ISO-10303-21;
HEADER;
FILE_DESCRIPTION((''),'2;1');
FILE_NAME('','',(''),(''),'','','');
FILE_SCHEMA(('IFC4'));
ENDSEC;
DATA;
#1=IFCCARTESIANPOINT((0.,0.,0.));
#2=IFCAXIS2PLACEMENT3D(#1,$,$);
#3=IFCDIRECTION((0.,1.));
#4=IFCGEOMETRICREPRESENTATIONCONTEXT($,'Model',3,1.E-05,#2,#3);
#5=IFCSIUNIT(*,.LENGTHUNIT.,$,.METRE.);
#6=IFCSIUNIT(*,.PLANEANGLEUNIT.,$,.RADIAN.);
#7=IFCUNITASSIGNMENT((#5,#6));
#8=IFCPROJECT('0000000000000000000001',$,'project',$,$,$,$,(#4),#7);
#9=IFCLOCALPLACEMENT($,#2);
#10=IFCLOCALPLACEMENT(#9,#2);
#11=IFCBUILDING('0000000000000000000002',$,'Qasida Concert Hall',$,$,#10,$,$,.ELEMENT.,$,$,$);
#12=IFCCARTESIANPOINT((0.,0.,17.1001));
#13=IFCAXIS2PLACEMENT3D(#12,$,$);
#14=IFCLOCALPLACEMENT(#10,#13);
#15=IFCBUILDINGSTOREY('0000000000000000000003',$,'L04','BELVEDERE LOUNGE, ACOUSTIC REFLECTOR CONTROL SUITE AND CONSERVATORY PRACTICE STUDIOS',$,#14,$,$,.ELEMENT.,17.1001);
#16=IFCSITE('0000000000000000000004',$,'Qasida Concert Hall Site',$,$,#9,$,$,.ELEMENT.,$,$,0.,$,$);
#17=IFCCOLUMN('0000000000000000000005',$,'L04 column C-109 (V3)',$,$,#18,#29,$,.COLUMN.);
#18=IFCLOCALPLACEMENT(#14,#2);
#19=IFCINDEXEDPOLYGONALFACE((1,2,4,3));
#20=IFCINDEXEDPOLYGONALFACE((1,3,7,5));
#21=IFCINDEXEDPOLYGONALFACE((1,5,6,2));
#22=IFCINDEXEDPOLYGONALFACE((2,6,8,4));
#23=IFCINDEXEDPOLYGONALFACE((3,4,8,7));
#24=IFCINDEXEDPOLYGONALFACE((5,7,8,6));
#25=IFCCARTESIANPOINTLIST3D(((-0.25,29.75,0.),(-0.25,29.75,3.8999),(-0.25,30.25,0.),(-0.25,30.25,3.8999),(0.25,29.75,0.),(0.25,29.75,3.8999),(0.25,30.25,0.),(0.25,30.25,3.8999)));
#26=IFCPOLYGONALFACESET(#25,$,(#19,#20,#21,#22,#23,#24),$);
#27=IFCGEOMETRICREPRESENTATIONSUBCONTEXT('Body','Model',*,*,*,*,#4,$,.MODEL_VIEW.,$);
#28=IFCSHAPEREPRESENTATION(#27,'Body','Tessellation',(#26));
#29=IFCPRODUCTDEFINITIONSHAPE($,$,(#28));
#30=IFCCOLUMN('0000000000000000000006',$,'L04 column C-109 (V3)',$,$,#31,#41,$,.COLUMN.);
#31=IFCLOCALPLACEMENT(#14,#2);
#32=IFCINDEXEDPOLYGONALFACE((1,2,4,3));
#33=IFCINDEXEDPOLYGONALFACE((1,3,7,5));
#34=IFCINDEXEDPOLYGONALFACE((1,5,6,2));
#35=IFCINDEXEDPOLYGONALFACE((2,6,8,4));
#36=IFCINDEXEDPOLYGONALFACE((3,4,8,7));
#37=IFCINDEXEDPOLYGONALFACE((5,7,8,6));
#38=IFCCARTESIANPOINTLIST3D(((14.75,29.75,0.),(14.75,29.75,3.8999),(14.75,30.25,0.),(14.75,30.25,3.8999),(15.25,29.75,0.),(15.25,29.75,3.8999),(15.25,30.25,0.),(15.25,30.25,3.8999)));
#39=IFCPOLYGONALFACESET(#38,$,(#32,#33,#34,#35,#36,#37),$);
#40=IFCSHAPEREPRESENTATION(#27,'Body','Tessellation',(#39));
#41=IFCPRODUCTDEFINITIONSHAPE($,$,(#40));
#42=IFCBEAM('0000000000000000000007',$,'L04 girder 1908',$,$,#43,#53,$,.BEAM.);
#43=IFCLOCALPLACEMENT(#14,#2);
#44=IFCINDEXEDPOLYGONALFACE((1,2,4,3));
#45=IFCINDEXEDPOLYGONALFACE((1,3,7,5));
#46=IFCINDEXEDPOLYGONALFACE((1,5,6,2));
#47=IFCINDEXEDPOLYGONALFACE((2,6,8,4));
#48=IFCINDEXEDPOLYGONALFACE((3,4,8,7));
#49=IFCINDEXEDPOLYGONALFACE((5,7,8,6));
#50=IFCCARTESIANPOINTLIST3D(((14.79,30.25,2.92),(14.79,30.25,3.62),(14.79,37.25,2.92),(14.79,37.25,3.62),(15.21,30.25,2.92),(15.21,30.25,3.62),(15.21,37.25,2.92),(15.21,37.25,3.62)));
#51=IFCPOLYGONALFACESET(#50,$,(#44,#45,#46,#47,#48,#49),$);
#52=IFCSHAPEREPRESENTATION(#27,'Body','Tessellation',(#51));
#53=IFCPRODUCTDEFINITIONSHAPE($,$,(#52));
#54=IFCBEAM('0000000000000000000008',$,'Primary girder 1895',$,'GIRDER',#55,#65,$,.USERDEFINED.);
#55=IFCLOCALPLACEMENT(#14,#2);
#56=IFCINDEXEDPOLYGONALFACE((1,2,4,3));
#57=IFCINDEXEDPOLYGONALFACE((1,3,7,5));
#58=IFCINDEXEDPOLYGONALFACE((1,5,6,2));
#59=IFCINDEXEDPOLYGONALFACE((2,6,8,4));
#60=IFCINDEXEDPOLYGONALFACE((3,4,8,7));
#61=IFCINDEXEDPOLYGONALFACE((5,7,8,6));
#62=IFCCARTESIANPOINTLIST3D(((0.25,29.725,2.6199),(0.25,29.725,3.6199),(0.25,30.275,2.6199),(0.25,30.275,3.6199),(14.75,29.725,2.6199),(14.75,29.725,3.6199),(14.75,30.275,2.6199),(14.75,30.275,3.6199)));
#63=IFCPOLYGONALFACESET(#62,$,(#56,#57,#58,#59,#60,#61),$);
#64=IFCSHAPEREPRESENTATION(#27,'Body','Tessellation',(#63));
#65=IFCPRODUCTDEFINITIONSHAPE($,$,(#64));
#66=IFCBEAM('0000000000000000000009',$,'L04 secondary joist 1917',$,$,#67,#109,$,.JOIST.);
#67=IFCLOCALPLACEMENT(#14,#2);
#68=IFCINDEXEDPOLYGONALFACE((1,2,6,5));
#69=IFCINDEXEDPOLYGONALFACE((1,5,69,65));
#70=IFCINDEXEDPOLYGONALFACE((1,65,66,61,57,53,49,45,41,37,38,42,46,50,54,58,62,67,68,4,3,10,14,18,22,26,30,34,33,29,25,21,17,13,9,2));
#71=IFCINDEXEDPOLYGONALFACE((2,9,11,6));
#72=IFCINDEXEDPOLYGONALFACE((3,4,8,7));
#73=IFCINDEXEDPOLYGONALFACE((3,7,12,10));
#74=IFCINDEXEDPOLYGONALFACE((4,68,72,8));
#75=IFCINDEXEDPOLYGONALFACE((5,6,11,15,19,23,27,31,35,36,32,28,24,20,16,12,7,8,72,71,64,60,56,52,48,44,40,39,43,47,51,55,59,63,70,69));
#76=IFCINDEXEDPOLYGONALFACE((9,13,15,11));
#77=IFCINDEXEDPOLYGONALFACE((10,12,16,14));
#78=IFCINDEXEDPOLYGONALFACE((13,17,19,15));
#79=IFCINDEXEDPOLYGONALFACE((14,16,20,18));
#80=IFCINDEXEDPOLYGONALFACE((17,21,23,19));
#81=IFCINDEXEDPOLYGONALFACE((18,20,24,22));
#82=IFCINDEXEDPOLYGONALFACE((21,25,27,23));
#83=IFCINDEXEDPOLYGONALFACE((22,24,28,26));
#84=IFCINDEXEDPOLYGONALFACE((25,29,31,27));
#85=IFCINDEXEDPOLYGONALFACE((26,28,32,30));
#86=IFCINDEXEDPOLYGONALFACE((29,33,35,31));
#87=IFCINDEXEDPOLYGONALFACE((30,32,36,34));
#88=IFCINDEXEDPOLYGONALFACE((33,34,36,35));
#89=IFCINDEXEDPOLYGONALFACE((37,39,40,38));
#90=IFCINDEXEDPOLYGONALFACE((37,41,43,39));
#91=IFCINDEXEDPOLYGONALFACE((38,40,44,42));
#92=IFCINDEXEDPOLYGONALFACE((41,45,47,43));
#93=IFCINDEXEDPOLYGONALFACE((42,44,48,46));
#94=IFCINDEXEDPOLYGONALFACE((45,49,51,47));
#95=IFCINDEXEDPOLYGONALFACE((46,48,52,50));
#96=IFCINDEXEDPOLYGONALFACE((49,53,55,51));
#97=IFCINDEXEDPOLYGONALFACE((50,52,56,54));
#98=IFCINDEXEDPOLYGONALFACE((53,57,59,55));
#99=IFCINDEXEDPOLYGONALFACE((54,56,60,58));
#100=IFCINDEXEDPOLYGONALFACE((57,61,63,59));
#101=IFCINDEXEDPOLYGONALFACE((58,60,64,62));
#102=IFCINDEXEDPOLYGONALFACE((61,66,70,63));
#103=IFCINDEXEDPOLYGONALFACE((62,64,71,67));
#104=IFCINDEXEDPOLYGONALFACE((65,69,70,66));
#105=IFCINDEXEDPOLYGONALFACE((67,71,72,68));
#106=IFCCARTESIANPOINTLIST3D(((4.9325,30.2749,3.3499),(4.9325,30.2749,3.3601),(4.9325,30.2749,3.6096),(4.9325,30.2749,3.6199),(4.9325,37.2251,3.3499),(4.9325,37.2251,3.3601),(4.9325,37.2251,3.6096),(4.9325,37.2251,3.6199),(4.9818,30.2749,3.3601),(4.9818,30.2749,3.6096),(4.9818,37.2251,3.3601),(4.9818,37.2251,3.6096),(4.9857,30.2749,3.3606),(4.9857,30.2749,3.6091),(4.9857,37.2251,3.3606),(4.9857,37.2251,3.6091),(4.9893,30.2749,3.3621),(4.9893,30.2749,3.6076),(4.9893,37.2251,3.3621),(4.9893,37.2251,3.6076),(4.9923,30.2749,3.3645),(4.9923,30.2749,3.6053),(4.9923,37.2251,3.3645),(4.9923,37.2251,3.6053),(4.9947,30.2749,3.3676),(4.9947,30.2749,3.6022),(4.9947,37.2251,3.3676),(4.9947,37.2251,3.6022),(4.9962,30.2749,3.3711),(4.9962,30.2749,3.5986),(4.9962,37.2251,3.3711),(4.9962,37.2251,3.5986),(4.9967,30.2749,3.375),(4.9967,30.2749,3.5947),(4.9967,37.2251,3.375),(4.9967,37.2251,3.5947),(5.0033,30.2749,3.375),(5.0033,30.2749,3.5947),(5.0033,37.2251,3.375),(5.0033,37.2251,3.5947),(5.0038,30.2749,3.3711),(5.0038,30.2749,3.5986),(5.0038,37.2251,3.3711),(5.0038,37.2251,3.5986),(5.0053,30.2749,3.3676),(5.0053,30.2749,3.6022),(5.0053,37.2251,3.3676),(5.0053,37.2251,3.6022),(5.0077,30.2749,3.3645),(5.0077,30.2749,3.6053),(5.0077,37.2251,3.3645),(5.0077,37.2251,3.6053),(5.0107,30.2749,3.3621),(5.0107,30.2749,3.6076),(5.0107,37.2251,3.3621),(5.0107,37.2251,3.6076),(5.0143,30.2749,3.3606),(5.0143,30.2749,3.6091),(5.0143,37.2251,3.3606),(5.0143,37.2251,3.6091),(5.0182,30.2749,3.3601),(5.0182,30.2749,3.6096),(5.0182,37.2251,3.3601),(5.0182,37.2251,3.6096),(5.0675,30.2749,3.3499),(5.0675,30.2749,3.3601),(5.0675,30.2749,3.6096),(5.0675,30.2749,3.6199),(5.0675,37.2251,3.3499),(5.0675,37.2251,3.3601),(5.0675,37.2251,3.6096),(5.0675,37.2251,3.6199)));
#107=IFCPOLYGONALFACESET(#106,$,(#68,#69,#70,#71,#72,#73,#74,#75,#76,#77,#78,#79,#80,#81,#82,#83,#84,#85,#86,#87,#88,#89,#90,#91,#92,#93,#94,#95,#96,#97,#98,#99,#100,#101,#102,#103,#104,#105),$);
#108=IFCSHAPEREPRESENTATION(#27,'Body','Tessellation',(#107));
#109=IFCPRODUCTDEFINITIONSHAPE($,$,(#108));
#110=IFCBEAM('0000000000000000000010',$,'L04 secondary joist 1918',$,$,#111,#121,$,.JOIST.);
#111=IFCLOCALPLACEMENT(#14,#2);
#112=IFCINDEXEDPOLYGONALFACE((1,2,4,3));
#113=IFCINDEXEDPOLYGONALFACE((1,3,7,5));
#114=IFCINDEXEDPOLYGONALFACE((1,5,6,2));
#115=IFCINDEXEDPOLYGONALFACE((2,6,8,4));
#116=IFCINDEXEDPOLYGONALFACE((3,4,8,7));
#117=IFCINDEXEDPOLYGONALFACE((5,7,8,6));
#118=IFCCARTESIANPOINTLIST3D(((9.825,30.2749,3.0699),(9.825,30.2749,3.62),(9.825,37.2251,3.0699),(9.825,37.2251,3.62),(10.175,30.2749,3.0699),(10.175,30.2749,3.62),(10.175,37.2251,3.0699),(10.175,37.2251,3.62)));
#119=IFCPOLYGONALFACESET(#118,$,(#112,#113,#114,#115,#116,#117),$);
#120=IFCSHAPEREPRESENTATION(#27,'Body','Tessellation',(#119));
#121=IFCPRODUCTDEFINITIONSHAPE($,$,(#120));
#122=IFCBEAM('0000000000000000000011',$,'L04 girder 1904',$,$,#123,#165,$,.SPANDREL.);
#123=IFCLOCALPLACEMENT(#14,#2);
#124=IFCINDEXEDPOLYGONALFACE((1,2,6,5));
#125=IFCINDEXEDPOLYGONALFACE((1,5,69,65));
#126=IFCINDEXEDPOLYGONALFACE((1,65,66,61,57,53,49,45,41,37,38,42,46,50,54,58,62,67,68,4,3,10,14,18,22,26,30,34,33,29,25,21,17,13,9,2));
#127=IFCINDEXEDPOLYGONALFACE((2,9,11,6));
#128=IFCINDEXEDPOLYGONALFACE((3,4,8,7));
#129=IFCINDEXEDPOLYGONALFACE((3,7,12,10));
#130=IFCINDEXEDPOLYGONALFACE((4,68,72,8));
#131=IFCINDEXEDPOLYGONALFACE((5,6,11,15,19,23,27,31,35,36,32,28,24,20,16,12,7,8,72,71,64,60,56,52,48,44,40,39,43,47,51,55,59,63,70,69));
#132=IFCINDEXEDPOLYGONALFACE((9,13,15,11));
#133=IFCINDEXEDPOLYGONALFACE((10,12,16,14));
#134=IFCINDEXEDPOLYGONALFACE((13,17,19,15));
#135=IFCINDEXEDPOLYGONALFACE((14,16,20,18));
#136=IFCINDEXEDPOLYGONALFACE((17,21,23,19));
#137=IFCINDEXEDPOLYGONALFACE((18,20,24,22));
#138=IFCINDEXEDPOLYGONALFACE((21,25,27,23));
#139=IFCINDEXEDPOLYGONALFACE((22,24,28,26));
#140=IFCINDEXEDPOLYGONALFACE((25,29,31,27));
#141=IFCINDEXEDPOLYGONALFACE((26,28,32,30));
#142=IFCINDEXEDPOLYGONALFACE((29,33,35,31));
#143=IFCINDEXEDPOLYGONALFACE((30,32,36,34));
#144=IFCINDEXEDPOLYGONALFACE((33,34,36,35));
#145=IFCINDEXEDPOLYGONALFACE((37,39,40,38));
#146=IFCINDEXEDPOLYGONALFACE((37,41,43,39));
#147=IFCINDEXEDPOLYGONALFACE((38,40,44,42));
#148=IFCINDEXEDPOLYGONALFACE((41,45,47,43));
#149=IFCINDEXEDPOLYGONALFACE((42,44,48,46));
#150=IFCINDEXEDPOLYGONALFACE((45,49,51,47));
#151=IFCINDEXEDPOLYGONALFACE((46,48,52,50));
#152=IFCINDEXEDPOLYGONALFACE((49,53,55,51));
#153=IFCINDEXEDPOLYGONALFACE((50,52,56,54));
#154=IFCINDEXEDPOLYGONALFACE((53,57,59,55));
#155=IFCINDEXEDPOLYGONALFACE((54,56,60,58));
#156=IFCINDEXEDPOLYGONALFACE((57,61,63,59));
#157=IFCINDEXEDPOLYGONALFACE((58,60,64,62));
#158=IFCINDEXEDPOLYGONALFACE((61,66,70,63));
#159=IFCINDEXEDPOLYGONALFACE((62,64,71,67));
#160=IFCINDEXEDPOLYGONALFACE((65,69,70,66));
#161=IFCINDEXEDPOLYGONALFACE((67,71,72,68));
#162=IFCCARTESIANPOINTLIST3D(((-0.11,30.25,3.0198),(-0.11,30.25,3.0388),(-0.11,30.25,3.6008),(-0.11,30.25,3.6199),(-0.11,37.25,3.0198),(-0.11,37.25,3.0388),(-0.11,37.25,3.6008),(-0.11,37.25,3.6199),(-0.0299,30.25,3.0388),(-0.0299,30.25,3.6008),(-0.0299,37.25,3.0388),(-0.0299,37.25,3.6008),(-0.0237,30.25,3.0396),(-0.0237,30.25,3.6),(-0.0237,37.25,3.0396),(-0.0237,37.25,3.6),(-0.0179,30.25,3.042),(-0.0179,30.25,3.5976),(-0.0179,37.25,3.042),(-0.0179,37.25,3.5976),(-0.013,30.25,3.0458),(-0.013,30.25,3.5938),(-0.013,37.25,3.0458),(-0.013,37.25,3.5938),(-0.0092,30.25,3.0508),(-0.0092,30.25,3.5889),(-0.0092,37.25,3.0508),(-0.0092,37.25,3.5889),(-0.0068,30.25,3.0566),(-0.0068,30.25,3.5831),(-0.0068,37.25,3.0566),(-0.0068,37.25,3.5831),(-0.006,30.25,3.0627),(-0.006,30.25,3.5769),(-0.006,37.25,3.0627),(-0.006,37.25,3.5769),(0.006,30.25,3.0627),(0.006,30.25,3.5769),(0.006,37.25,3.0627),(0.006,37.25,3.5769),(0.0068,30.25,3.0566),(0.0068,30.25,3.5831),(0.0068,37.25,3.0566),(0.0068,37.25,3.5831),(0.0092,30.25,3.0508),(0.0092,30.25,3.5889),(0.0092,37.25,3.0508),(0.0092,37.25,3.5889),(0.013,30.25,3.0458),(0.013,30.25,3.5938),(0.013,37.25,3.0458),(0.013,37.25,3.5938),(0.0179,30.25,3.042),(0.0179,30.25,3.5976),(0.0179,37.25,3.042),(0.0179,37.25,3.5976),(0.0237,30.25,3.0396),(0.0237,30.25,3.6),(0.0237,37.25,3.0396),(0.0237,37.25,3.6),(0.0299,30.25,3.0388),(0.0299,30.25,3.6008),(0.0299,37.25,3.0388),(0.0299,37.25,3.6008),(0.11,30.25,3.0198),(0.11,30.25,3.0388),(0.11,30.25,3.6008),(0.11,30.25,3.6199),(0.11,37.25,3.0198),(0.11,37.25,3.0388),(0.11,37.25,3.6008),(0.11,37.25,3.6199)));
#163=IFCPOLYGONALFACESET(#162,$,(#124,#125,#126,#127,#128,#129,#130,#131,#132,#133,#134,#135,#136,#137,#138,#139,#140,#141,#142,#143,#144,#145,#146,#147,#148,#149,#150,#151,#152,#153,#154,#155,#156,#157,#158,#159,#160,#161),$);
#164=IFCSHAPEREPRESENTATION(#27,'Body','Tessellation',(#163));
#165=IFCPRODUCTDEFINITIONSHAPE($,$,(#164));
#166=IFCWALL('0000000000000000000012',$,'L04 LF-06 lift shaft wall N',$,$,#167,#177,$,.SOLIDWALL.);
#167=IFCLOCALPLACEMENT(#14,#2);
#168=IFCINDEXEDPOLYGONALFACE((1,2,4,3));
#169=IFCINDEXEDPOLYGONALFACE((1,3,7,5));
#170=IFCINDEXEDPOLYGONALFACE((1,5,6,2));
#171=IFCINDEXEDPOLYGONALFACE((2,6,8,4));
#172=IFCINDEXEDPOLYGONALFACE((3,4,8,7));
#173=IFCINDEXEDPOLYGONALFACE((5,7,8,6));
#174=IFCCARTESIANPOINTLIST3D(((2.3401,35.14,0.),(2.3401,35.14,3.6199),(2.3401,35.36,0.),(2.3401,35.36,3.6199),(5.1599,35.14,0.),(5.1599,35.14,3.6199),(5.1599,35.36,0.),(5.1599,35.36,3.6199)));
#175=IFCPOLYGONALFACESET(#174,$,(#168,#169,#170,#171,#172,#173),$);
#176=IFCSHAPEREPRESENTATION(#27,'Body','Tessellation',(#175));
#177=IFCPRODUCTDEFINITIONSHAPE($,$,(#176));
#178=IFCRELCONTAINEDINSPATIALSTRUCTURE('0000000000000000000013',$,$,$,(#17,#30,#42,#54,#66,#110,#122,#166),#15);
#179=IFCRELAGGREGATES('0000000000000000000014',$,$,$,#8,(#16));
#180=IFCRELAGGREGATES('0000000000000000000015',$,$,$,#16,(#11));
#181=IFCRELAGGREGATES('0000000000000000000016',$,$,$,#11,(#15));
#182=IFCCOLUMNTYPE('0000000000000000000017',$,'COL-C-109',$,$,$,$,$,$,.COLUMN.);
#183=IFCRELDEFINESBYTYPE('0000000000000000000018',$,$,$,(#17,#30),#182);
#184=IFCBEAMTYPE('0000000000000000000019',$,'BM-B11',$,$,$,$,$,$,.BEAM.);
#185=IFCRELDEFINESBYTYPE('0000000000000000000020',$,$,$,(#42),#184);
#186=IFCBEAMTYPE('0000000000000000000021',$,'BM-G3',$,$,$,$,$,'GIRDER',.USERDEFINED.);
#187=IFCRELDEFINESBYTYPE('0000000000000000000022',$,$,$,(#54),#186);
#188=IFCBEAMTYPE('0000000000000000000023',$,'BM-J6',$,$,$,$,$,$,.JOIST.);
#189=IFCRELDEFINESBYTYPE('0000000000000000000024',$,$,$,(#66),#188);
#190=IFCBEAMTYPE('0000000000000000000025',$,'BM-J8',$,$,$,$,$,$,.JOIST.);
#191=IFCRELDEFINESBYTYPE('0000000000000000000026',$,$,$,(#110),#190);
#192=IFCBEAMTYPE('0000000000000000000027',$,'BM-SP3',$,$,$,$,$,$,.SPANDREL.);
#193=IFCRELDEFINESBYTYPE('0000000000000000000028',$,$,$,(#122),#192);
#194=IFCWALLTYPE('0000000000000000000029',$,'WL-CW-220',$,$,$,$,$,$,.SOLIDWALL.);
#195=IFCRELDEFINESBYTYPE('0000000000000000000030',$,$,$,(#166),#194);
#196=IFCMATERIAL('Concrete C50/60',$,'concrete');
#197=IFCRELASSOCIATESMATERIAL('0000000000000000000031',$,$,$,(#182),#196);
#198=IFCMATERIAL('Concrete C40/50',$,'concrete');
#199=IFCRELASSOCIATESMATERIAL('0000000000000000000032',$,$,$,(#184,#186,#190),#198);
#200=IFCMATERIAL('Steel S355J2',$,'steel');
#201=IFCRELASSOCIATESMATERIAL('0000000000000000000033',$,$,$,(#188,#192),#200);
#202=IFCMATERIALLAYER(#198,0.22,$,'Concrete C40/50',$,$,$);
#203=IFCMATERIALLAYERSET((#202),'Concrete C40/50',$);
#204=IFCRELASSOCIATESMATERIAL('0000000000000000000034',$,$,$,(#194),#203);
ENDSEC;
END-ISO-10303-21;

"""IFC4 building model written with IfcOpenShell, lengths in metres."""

from ifc_helpers import new_model, si_unit, direction, frame, frame_2d, origin, origin_2d, place, context, subcontext, project, spatial, rectangle, i_section, extrude, material, layer, layer_set, material_profile, profile_set, type_object, element, save


model = new_model("IFC4")

# Units and contexts
model_context = context("Model", 3, precision=1e-05, world=origin(), true_north=direction((0.0, 1.0)))
body_context = subcontext(model_context, "Body", "Model", "MODEL_VIEW")
ifc_project = project(units=[si_unit("LENGTHUNIT", "METRE"), si_unit("PLANEANGLEUNIT", "RADIAN")], contexts=[model_context])

# Site, building, storey
site_placement = place(None, origin())
site = spatial("IfcSite", under=ifc_project, at=site_placement, Name="Qasida Concert Hall Site", CompositionType="ELEMENT", RefElevation=0.0)
building_placement = place(site_placement, origin())
building = spatial("IfcBuilding", under=site, at=building_placement, Name="Qasida Concert Hall", CompositionType="ELEMENT")
storey_placement = place(building_placement, frame((0.0, 0.0, 17.1001)))
storey = spatial("IfcBuildingStorey", under=building, at=storey_placement, Name="L04", Description="BELVEDERE LOUNGE, ACOUSTIC REFLECTOR CONTROL SUITE AND CONSERVATORY PRACTICE STUDIOS", CompositionType="ELEMENT", Elevation=17.1001)

# Columns
ifc_material_1 = material(Name="Concrete C50/60", Category="concrete")
ifc_material_profile_1 = material_profile(ifc_material_1, rectangle(XDim=0.5, YDim=0.5, at=origin_2d()), Name="RC 500x500")
ifc_profile_set_1 = profile_set([ifc_material_profile_1], Name="Concrete C50/60")
column_type = type_object("IfcColumnType", Name="COL-C-109", PredefinedType="COLUMN", material=ifc_profile_set_1)
for number, where, z_axis, x_axis, name in (
    (1, (0.0, 30.0, 0.0), (0.0, 0.0, 1.0), (1.0, 0.0, 0.0), "L04 column C-109 (V3)"),
    (2, (15.0, 30.0, 0.0), (0.0, 0.0, 1.0), (1.0, 0.0, 0.0), "L04 column C-109 (V3)"),
):
    element("IfcColumn", number, at=place(storey_placement, frame(where, z_axis=z_axis, x_axis=x_axis)), inside=storey, type_object=column_type, Name=name, PredefinedType="COLUMN", context=body_context, shape_type="SweptSolid", body=[
        extrude(rectangle(XDim=0.5, YDim=0.5, at=origin_2d()), origin(), (0.0, 0.0, 1.0), 3.8999),
    ])

# Beams
ifc_material_2 = material(Name="Concrete C40/50", Category="concrete")
ifc_material_profile_2 = material_profile(ifc_material_2, rectangle(XDim=0.4199, YDim=0.7, at=origin_2d()), Name="RC 420x700")
ifc_profile_set_2 = profile_set([ifc_material_profile_2], Name="Concrete C40/50")
beam_type_1 = type_object("IfcBeamType", Name="BM-B11", PredefinedType="BEAM", material=ifc_profile_set_2)
beam_1_placement = place(storey_placement, frame((15.0, 30.25, 3.27), z_axis=(0.0, 1.0, 0.0), x_axis=(-1.0, 0.0, 0.0)))
element("IfcBeam", 3, at=beam_1_placement, inside=storey, type_object=beam_type_1, Name="L04 girder 1908", PredefinedType="BEAM", context=body_context, shape_type="SweptSolid", body=[
    extrude(rectangle(XDim=0.4199, YDim=0.7, at=origin_2d()), origin(), (0.0, 0.0, 1.0), 7.0),
])
ifc_material_profile_3 = material_profile(ifc_material_2, rectangle(XDim=0.55, YDim=1.0, at=origin_2d()), Name="RC 550x1000")
ifc_profile_set_3 = profile_set([ifc_material_profile_3], Name="Concrete C40/50")
beam_type_2 = type_object("IfcBeamType", Name="BM-G3", ElementType="GIRDER", PredefinedType="USERDEFINED", material=ifc_profile_set_3)
beam_2_placement = place(storey_placement, frame((0.25, 30.0, 3.1199), z_axis=(1.0, 0.0, 0.0), x_axis=(0.0, 1.0, 0.0)))
element("IfcBeam", 4, at=beam_2_placement, inside=storey, type_object=beam_type_2, Name="Primary girder 1895", ObjectType="GIRDER", PredefinedType="USERDEFINED", context=body_context, shape_type="SweptSolid", body=[
    extrude(rectangle(XDim=0.55, YDim=1.0, at=origin_2d()), origin(), (0.0, 0.0, 1.0), 14.5),
])
ifc_material_3 = material(Name="Steel S355J2", Category="steel")
ifc_material_profile_4 = material_profile(ifc_material_3, i_section(OverallWidth=0.135, OverallDepth=0.27, WebThickness=0.0066, FlangeThickness=0.0103, FilletRadius=0.0149, at=origin_2d()), Name="IPE 270")
ifc_profile_set_4 = profile_set([ifc_material_profile_4], Name="Steel S355J2")
beam_type_3 = type_object("IfcBeamType", Name="BM-J6", PredefinedType="JOIST", material=ifc_profile_set_4)
beam_3_placement = place(storey_placement, frame((5.0, 30.2749, 3.4849), z_axis=(0.0, 1.0, 0.0), x_axis=(-1.0, 0.0, 0.0)))
element("IfcBeam", 5, at=beam_3_placement, inside=storey, type_object=beam_type_3, Name="L04 secondary joist 1917", PredefinedType="JOIST", context=body_context, shape_type="SweptSolid", body=[
    extrude(i_section(OverallWidth=0.135, OverallDepth=0.27, WebThickness=0.0066, FlangeThickness=0.0103, FilletRadius=0.0149, at=origin_2d()), origin(), (0.0, 0.0, 1.0), 6.9502),
])
ifc_material_profile_5 = material_profile(ifc_material_2, rectangle(XDim=0.3501, YDim=0.55, at=origin_2d()), Name="RC 350x550")
ifc_profile_set_5 = profile_set([ifc_material_profile_5], Name="Concrete C40/50")
beam_type_4 = type_object("IfcBeamType", Name="BM-J8", PredefinedType="JOIST", material=ifc_profile_set_5)
beam_4_placement = place(storey_placement, frame((10.0, 30.2749, 3.345), z_axis=(0.0, 1.0, 0.0), x_axis=(-1.0, 0.0, 0.0)))
element("IfcBeam", 6, at=beam_4_placement, inside=storey, type_object=beam_type_4, Name="L04 secondary joist 1918", PredefinedType="JOIST", context=body_context, shape_type="SweptSolid", body=[
    extrude(rectangle(XDim=0.3501, YDim=0.55, at=origin_2d()), origin(), (0.0, 0.0, 1.0), 6.9502),
])
ifc_material_profile_6 = material_profile(ifc_material_3, i_section(OverallWidth=0.22, OverallDepth=0.6001, WebThickness=0.012, FlangeThickness=0.019, FilletRadius=0.0239, at=origin_2d()), Name="IPE 600")
ifc_profile_set_6 = profile_set([ifc_material_profile_6], Name="Steel S355J2")
beam_type_5 = type_object("IfcBeamType", Name="BM-SP3", PredefinedType="SPANDREL", material=ifc_profile_set_6)
beam_5_placement = place(storey_placement, frame((0.0, 30.25, 3.3198), z_axis=(0.0, 1.0, 0.0), x_axis=(-1.0, 0.0, 0.0)))
element("IfcBeam", 7, at=beam_5_placement, inside=storey, type_object=beam_type_5, Name="L04 girder 1904", PredefinedType="SPANDREL", context=body_context, shape_type="SweptSolid", body=[
    extrude(i_section(OverallWidth=0.22, OverallDepth=0.6001, WebThickness=0.012, FlangeThickness=0.019, FilletRadius=0.0239, at=origin_2d()), origin(), (0.0, 0.0, 1.0), 7.0),
])

# Shared definitions
ifc_layer_1 = layer(ifc_material_2, 0.22, Name="Concrete C40/50")
ifc_layer_set_1 = layer_set([ifc_layer_1], Name="Concrete C40/50")
wall_type_1 = type_object("IfcWallType", Name="WL-CW-220", PredefinedType="SOLIDWALL", material=ifc_layer_set_1)

# Wall
wall_1_placement = place(storey_placement, frame((2.3401, 35.25, 0.0), z_axis=(0.0, 0.0, 1.0), x_axis=(1.0, 0.0, 0.0)))
element("IfcWall", 8, at=wall_1_placement, inside=storey, type_object=wall_type_1, Name="L04 LF-06 lift shaft wall N", PredefinedType="SOLIDWALL", context=body_context, shape_type="SweptSolid", body=[
    extrude(rectangle(XDim=2.8198, YDim=0.22, at=frame_2d((1.4099, 0.0))), origin(), (0.0, 0.0, 1.0), 3.6199),
])

save(model, "model.ifc")
